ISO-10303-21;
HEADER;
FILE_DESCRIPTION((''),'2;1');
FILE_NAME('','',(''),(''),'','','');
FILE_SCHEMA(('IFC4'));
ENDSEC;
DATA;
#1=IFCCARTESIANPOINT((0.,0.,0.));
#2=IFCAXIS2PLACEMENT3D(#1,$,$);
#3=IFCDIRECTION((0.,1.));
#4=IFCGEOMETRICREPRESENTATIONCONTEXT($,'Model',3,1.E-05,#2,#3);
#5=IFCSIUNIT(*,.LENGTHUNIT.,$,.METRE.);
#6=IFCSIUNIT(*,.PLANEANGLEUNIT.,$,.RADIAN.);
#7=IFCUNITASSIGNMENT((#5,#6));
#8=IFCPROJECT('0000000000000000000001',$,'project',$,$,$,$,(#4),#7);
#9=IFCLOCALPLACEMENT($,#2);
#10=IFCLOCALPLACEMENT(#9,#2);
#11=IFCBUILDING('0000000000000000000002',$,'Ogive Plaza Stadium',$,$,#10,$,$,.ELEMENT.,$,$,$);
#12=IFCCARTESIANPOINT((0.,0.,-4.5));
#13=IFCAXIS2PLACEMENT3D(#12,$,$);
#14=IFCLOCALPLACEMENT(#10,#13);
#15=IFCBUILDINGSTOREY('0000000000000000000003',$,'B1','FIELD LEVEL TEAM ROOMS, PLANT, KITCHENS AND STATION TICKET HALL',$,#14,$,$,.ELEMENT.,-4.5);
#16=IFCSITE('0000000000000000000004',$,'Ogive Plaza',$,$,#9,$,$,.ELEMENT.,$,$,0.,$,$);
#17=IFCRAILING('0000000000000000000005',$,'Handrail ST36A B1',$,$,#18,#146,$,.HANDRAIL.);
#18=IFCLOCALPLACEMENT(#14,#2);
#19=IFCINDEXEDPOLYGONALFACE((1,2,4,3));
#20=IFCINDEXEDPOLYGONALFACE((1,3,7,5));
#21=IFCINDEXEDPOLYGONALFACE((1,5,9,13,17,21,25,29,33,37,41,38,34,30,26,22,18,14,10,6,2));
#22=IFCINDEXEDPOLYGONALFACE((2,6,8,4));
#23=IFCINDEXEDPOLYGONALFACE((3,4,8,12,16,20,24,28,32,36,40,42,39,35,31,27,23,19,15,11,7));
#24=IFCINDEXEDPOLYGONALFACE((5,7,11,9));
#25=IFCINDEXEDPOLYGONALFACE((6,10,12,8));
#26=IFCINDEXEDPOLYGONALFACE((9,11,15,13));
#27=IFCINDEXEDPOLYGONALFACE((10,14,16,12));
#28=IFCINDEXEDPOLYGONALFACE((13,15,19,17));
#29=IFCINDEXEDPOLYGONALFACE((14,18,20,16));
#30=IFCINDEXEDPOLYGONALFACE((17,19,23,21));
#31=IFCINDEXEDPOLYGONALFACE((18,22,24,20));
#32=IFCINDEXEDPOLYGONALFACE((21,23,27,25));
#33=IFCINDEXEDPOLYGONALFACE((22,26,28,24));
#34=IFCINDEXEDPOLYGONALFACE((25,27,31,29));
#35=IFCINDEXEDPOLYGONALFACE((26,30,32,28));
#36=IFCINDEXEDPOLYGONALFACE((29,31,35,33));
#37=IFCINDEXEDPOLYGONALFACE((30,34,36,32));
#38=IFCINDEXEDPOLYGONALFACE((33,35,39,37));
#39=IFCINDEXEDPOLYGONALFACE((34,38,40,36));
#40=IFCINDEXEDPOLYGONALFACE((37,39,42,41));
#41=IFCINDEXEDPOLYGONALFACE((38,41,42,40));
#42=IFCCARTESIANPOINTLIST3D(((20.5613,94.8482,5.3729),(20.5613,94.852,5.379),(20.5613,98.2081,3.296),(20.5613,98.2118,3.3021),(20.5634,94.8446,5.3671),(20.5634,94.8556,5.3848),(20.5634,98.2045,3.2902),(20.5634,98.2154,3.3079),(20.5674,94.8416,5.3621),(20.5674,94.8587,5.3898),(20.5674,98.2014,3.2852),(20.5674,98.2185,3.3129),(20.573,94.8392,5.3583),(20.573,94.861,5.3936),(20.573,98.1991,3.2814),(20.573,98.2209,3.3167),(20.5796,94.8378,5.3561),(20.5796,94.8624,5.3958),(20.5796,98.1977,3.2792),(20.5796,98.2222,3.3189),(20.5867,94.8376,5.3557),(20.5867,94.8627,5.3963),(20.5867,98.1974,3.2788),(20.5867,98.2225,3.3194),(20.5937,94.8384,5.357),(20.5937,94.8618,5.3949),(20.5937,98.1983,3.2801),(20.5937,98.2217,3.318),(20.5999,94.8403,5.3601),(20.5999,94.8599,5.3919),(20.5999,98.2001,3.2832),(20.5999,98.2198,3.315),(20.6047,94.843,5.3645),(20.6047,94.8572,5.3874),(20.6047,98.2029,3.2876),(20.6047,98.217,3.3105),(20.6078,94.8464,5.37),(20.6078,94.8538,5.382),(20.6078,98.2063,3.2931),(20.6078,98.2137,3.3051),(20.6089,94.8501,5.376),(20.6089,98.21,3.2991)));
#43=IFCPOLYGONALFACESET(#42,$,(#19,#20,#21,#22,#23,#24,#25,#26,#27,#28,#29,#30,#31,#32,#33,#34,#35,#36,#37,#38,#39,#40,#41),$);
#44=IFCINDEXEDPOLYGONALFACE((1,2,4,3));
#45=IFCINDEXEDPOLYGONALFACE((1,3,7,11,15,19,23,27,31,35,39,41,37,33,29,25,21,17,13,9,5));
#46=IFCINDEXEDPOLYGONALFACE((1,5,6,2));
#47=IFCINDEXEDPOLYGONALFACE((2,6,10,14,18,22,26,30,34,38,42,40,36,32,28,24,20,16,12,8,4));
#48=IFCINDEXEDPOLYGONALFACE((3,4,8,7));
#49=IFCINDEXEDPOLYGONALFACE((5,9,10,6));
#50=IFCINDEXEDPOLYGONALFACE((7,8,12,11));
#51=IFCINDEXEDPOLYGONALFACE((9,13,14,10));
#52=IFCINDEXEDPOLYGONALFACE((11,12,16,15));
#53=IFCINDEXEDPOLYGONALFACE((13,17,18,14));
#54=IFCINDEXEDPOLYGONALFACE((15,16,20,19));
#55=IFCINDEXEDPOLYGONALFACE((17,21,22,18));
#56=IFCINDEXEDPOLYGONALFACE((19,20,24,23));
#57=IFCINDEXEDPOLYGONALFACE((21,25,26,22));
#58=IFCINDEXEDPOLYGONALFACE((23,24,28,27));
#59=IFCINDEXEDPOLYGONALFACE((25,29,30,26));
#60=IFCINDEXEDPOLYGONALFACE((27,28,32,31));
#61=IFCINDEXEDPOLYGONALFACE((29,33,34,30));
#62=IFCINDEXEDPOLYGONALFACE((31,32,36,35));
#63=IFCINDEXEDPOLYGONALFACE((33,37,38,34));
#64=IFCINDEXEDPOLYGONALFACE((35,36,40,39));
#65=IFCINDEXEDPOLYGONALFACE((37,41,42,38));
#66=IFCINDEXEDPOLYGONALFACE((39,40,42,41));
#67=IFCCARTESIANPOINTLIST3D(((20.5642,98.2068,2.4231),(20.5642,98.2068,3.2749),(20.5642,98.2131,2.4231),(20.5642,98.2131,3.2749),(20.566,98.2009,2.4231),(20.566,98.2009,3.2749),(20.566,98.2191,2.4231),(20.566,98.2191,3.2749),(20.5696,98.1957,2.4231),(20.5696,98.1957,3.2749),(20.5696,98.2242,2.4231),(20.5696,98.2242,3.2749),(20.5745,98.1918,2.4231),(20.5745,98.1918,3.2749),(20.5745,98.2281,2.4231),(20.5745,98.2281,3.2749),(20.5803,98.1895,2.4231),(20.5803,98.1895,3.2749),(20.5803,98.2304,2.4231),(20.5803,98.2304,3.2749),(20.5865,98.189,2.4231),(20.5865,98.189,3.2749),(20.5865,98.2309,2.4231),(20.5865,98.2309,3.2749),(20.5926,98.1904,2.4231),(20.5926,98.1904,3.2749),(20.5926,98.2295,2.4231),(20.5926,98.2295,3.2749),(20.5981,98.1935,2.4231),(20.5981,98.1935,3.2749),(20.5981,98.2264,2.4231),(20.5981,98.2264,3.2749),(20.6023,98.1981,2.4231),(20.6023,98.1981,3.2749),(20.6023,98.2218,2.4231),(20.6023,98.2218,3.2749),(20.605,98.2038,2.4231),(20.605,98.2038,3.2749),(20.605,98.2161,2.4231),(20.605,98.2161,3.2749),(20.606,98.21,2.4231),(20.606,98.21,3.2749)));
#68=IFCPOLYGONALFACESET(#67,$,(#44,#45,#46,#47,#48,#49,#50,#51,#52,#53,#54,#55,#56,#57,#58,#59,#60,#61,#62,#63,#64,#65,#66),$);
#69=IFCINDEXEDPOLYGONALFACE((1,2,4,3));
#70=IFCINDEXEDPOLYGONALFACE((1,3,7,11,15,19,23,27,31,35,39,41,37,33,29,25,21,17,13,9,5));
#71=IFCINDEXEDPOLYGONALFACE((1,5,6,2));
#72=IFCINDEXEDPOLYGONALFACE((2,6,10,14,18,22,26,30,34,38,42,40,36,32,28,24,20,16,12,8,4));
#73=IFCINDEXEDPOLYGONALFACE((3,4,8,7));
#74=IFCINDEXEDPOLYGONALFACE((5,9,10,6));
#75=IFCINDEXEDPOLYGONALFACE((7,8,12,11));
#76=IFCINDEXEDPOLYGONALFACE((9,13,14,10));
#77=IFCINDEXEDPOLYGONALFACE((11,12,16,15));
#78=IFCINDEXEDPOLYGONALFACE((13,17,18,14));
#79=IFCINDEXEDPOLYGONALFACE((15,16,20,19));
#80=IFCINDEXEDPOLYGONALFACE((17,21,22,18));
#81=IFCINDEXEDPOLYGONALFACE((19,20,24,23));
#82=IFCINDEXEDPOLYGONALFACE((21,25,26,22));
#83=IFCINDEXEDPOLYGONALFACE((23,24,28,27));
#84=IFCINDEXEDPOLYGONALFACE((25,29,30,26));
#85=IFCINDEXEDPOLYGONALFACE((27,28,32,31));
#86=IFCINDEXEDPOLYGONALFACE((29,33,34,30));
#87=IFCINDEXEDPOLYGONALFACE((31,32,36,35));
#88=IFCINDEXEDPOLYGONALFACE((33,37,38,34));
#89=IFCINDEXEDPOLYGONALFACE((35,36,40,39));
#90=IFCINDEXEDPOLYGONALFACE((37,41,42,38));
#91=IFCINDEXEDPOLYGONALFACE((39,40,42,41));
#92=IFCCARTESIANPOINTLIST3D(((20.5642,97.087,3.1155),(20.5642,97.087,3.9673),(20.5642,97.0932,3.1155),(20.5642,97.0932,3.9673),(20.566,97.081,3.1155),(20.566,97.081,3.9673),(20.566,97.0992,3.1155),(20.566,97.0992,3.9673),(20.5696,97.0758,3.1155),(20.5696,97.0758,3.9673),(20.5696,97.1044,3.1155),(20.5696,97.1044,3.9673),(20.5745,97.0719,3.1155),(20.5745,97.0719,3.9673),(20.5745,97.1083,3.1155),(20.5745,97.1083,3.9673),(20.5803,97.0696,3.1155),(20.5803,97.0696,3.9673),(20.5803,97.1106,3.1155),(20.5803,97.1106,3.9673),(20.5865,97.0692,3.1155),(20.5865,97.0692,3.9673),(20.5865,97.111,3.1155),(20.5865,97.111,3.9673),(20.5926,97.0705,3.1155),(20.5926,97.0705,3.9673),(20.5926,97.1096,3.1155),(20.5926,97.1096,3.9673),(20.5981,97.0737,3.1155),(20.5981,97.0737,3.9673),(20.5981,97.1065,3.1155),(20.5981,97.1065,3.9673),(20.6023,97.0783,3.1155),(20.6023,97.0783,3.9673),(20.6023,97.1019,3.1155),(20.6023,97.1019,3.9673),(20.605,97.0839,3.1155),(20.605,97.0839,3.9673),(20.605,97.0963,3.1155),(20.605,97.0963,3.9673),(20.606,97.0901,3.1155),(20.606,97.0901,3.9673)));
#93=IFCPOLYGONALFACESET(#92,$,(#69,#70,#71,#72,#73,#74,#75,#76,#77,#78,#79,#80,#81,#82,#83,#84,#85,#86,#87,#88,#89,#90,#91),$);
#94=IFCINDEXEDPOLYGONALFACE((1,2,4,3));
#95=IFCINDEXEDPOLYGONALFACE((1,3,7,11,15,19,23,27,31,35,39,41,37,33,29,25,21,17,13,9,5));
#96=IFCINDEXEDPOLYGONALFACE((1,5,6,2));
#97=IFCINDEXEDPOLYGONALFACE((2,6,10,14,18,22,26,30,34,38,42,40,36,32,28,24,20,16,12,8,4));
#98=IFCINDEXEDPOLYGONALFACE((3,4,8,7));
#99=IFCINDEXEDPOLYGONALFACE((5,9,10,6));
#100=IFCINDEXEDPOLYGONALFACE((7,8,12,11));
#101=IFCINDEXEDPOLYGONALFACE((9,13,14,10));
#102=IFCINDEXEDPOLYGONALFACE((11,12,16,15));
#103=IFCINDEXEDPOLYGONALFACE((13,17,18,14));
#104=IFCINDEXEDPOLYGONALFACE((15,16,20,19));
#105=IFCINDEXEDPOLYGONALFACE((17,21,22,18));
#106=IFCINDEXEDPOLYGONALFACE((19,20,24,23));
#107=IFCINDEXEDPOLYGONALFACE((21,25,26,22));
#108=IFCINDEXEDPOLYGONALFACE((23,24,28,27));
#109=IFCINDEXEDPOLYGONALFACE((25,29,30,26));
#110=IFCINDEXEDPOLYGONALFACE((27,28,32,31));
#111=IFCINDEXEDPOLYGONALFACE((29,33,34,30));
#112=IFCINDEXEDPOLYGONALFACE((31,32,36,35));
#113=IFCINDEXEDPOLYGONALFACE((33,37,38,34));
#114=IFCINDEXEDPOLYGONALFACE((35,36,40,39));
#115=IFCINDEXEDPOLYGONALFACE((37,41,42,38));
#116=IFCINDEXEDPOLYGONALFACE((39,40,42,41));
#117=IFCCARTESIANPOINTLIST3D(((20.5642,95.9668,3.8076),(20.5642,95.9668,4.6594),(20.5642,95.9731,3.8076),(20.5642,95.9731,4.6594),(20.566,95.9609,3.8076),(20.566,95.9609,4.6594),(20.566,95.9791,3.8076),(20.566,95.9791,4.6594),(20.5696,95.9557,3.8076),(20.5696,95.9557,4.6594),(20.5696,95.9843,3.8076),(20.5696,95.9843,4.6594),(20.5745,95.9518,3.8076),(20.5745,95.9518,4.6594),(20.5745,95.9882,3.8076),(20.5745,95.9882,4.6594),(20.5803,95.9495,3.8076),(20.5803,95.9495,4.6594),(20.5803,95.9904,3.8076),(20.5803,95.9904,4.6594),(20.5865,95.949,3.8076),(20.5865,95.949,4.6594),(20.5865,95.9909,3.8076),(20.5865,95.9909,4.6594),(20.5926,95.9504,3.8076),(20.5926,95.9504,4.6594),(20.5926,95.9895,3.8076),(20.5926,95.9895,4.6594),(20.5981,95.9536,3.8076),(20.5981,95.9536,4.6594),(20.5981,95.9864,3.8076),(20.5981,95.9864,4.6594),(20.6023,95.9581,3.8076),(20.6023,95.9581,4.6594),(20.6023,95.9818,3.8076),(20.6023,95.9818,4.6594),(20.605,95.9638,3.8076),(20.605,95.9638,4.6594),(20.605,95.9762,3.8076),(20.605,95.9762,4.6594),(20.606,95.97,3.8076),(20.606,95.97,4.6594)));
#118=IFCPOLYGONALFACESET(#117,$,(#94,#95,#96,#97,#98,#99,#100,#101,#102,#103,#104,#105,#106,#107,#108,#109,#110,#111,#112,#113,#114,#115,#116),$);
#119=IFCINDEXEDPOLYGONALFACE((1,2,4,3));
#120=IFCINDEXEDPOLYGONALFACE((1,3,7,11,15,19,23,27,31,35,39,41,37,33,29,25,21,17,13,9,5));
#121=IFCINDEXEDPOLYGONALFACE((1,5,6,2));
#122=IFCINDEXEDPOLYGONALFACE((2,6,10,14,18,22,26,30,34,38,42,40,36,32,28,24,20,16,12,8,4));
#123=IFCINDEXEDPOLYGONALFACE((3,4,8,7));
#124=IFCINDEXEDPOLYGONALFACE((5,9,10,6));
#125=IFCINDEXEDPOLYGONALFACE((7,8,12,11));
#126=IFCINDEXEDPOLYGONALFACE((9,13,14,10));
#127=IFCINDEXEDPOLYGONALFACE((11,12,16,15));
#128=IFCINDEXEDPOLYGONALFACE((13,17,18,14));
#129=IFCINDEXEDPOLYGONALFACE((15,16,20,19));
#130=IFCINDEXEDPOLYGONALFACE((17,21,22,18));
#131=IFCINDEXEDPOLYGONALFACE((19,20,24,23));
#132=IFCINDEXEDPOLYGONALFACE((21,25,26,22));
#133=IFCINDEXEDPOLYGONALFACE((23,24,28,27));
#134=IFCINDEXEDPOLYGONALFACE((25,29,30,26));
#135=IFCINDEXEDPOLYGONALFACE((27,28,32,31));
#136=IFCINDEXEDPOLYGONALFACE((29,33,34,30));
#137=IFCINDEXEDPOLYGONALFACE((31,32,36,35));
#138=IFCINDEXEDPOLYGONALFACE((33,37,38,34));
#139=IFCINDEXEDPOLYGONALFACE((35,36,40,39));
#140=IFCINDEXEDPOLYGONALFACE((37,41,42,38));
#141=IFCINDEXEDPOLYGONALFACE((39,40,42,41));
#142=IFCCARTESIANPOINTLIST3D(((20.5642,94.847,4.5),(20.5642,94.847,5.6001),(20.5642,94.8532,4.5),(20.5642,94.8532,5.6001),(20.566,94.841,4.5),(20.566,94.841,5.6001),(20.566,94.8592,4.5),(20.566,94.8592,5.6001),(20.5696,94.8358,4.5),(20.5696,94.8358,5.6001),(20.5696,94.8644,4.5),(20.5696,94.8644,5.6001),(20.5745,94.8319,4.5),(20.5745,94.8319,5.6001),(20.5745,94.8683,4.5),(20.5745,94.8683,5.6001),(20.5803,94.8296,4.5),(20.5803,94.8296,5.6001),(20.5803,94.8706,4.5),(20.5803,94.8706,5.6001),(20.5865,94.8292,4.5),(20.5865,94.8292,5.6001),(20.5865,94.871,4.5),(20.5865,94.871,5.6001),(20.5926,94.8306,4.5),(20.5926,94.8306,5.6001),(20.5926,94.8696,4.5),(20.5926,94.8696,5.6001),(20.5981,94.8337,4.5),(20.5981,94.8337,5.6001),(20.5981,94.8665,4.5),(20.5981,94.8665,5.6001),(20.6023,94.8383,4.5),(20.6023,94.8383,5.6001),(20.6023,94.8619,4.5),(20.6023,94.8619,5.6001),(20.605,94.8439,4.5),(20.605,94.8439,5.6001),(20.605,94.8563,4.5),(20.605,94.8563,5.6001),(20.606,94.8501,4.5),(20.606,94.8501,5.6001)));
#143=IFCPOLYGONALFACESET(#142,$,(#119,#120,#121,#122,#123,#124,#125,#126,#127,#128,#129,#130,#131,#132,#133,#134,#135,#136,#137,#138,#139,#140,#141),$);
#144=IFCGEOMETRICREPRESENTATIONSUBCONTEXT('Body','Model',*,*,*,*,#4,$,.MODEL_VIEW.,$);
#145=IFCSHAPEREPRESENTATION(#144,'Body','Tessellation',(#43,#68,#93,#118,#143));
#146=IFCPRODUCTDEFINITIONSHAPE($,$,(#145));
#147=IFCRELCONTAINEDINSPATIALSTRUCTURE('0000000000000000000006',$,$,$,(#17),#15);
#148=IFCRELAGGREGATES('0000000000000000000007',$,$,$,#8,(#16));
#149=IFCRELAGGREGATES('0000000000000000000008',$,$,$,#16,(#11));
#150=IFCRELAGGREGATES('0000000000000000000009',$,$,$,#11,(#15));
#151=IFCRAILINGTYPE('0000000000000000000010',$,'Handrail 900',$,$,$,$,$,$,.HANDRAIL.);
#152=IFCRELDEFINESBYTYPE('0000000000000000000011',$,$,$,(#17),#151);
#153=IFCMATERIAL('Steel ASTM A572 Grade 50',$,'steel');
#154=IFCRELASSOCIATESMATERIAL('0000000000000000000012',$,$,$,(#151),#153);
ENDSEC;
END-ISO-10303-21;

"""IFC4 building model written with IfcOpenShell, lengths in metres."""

from ifc_helpers import new_model, si_unit, direction, frame, origin, origin_2d, place, context, subcontext, project, spatial, circle, extrude, material, type_object, element, save


model = new_model("IFC4")

# Units and contexts
model_context = context("Model", 3, precision=1e-05, world=origin(), true_north=direction((0.0, 1.0)))
body_context = subcontext(model_context, "Body", "Model", "MODEL_VIEW")
ifc_project = project(units=[si_unit("LENGTHUNIT", "METRE"), si_unit("PLANEANGLEUNIT", "RADIAN")], contexts=[model_context])

# Site, building, storey
site_placement = place(None, origin())
site = spatial("IfcSite", under=ifc_project, at=site_placement, Name="Ogive Plaza", CompositionType="ELEMENT", RefElevation=0.0)
building_placement = place(site_placement, origin())
building = spatial("IfcBuilding", under=site, at=building_placement, Name="Ogive Plaza Stadium", CompositionType="ELEMENT")
storey_placement = place(building_placement, frame((0.0, 0.0, -4.5)))
storey = spatial("IfcBuildingStorey", under=building, at=storey_placement, Name="B1", Description="FIELD LEVEL TEAM ROOMS, PLANT, KITCHENS AND STATION TICKET HALL", CompositionType="ELEMENT", Elevation=-4.5)

# Railing
ifc_material_1 = material(Name="Steel ASTM A572 Grade 50", Category="steel")
railing_type_1 = type_object("IfcRailingType", Name="Handrail 900", PredefinedType="HANDRAIL", material=ifc_material_1)
railing_1_placement = place(storey_placement, frame((20.585, 98.21, 2.4231)))
element("IfcRailing", 1, at=railing_1_placement, inside=storey, type_object=railing_type_1, Name="Handrail ST36A B1", PredefinedType="HANDRAIL", context=body_context, shape_type="SweptSolid", body=[
    extrude(circle(Radius=0.0239, at=origin_2d()), frame((0.0, 0.0, 0.876), z_axis=(0.0, -0.850606, 0.525803), x_axis=(1.0, 0.0, 0.0)), (0.0, 0.0, 1.0), 3.95),
    extrude(circle(Radius=0.021, at=origin_2d()), origin(), (0.0, 0.0, 1.0), 0.8518),
    extrude(circle(Radius=0.021, at=origin_2d()), frame((0.0, -1.1199, 0.6924)), (0.0, 0.0, 1.0), 0.8518),
    extrude(circle(Radius=0.021, at=origin_2d()), frame((0.0, -2.24, 1.3845)), (0.0, 0.0, 1.0), 0.8518),
    extrude(circle(Radius=0.021, at=origin_2d()), frame((0.0, -3.3599, 2.0769)), (0.0, 0.0, 1.0), 1.1001),
])

save(model, "model.ifc")
